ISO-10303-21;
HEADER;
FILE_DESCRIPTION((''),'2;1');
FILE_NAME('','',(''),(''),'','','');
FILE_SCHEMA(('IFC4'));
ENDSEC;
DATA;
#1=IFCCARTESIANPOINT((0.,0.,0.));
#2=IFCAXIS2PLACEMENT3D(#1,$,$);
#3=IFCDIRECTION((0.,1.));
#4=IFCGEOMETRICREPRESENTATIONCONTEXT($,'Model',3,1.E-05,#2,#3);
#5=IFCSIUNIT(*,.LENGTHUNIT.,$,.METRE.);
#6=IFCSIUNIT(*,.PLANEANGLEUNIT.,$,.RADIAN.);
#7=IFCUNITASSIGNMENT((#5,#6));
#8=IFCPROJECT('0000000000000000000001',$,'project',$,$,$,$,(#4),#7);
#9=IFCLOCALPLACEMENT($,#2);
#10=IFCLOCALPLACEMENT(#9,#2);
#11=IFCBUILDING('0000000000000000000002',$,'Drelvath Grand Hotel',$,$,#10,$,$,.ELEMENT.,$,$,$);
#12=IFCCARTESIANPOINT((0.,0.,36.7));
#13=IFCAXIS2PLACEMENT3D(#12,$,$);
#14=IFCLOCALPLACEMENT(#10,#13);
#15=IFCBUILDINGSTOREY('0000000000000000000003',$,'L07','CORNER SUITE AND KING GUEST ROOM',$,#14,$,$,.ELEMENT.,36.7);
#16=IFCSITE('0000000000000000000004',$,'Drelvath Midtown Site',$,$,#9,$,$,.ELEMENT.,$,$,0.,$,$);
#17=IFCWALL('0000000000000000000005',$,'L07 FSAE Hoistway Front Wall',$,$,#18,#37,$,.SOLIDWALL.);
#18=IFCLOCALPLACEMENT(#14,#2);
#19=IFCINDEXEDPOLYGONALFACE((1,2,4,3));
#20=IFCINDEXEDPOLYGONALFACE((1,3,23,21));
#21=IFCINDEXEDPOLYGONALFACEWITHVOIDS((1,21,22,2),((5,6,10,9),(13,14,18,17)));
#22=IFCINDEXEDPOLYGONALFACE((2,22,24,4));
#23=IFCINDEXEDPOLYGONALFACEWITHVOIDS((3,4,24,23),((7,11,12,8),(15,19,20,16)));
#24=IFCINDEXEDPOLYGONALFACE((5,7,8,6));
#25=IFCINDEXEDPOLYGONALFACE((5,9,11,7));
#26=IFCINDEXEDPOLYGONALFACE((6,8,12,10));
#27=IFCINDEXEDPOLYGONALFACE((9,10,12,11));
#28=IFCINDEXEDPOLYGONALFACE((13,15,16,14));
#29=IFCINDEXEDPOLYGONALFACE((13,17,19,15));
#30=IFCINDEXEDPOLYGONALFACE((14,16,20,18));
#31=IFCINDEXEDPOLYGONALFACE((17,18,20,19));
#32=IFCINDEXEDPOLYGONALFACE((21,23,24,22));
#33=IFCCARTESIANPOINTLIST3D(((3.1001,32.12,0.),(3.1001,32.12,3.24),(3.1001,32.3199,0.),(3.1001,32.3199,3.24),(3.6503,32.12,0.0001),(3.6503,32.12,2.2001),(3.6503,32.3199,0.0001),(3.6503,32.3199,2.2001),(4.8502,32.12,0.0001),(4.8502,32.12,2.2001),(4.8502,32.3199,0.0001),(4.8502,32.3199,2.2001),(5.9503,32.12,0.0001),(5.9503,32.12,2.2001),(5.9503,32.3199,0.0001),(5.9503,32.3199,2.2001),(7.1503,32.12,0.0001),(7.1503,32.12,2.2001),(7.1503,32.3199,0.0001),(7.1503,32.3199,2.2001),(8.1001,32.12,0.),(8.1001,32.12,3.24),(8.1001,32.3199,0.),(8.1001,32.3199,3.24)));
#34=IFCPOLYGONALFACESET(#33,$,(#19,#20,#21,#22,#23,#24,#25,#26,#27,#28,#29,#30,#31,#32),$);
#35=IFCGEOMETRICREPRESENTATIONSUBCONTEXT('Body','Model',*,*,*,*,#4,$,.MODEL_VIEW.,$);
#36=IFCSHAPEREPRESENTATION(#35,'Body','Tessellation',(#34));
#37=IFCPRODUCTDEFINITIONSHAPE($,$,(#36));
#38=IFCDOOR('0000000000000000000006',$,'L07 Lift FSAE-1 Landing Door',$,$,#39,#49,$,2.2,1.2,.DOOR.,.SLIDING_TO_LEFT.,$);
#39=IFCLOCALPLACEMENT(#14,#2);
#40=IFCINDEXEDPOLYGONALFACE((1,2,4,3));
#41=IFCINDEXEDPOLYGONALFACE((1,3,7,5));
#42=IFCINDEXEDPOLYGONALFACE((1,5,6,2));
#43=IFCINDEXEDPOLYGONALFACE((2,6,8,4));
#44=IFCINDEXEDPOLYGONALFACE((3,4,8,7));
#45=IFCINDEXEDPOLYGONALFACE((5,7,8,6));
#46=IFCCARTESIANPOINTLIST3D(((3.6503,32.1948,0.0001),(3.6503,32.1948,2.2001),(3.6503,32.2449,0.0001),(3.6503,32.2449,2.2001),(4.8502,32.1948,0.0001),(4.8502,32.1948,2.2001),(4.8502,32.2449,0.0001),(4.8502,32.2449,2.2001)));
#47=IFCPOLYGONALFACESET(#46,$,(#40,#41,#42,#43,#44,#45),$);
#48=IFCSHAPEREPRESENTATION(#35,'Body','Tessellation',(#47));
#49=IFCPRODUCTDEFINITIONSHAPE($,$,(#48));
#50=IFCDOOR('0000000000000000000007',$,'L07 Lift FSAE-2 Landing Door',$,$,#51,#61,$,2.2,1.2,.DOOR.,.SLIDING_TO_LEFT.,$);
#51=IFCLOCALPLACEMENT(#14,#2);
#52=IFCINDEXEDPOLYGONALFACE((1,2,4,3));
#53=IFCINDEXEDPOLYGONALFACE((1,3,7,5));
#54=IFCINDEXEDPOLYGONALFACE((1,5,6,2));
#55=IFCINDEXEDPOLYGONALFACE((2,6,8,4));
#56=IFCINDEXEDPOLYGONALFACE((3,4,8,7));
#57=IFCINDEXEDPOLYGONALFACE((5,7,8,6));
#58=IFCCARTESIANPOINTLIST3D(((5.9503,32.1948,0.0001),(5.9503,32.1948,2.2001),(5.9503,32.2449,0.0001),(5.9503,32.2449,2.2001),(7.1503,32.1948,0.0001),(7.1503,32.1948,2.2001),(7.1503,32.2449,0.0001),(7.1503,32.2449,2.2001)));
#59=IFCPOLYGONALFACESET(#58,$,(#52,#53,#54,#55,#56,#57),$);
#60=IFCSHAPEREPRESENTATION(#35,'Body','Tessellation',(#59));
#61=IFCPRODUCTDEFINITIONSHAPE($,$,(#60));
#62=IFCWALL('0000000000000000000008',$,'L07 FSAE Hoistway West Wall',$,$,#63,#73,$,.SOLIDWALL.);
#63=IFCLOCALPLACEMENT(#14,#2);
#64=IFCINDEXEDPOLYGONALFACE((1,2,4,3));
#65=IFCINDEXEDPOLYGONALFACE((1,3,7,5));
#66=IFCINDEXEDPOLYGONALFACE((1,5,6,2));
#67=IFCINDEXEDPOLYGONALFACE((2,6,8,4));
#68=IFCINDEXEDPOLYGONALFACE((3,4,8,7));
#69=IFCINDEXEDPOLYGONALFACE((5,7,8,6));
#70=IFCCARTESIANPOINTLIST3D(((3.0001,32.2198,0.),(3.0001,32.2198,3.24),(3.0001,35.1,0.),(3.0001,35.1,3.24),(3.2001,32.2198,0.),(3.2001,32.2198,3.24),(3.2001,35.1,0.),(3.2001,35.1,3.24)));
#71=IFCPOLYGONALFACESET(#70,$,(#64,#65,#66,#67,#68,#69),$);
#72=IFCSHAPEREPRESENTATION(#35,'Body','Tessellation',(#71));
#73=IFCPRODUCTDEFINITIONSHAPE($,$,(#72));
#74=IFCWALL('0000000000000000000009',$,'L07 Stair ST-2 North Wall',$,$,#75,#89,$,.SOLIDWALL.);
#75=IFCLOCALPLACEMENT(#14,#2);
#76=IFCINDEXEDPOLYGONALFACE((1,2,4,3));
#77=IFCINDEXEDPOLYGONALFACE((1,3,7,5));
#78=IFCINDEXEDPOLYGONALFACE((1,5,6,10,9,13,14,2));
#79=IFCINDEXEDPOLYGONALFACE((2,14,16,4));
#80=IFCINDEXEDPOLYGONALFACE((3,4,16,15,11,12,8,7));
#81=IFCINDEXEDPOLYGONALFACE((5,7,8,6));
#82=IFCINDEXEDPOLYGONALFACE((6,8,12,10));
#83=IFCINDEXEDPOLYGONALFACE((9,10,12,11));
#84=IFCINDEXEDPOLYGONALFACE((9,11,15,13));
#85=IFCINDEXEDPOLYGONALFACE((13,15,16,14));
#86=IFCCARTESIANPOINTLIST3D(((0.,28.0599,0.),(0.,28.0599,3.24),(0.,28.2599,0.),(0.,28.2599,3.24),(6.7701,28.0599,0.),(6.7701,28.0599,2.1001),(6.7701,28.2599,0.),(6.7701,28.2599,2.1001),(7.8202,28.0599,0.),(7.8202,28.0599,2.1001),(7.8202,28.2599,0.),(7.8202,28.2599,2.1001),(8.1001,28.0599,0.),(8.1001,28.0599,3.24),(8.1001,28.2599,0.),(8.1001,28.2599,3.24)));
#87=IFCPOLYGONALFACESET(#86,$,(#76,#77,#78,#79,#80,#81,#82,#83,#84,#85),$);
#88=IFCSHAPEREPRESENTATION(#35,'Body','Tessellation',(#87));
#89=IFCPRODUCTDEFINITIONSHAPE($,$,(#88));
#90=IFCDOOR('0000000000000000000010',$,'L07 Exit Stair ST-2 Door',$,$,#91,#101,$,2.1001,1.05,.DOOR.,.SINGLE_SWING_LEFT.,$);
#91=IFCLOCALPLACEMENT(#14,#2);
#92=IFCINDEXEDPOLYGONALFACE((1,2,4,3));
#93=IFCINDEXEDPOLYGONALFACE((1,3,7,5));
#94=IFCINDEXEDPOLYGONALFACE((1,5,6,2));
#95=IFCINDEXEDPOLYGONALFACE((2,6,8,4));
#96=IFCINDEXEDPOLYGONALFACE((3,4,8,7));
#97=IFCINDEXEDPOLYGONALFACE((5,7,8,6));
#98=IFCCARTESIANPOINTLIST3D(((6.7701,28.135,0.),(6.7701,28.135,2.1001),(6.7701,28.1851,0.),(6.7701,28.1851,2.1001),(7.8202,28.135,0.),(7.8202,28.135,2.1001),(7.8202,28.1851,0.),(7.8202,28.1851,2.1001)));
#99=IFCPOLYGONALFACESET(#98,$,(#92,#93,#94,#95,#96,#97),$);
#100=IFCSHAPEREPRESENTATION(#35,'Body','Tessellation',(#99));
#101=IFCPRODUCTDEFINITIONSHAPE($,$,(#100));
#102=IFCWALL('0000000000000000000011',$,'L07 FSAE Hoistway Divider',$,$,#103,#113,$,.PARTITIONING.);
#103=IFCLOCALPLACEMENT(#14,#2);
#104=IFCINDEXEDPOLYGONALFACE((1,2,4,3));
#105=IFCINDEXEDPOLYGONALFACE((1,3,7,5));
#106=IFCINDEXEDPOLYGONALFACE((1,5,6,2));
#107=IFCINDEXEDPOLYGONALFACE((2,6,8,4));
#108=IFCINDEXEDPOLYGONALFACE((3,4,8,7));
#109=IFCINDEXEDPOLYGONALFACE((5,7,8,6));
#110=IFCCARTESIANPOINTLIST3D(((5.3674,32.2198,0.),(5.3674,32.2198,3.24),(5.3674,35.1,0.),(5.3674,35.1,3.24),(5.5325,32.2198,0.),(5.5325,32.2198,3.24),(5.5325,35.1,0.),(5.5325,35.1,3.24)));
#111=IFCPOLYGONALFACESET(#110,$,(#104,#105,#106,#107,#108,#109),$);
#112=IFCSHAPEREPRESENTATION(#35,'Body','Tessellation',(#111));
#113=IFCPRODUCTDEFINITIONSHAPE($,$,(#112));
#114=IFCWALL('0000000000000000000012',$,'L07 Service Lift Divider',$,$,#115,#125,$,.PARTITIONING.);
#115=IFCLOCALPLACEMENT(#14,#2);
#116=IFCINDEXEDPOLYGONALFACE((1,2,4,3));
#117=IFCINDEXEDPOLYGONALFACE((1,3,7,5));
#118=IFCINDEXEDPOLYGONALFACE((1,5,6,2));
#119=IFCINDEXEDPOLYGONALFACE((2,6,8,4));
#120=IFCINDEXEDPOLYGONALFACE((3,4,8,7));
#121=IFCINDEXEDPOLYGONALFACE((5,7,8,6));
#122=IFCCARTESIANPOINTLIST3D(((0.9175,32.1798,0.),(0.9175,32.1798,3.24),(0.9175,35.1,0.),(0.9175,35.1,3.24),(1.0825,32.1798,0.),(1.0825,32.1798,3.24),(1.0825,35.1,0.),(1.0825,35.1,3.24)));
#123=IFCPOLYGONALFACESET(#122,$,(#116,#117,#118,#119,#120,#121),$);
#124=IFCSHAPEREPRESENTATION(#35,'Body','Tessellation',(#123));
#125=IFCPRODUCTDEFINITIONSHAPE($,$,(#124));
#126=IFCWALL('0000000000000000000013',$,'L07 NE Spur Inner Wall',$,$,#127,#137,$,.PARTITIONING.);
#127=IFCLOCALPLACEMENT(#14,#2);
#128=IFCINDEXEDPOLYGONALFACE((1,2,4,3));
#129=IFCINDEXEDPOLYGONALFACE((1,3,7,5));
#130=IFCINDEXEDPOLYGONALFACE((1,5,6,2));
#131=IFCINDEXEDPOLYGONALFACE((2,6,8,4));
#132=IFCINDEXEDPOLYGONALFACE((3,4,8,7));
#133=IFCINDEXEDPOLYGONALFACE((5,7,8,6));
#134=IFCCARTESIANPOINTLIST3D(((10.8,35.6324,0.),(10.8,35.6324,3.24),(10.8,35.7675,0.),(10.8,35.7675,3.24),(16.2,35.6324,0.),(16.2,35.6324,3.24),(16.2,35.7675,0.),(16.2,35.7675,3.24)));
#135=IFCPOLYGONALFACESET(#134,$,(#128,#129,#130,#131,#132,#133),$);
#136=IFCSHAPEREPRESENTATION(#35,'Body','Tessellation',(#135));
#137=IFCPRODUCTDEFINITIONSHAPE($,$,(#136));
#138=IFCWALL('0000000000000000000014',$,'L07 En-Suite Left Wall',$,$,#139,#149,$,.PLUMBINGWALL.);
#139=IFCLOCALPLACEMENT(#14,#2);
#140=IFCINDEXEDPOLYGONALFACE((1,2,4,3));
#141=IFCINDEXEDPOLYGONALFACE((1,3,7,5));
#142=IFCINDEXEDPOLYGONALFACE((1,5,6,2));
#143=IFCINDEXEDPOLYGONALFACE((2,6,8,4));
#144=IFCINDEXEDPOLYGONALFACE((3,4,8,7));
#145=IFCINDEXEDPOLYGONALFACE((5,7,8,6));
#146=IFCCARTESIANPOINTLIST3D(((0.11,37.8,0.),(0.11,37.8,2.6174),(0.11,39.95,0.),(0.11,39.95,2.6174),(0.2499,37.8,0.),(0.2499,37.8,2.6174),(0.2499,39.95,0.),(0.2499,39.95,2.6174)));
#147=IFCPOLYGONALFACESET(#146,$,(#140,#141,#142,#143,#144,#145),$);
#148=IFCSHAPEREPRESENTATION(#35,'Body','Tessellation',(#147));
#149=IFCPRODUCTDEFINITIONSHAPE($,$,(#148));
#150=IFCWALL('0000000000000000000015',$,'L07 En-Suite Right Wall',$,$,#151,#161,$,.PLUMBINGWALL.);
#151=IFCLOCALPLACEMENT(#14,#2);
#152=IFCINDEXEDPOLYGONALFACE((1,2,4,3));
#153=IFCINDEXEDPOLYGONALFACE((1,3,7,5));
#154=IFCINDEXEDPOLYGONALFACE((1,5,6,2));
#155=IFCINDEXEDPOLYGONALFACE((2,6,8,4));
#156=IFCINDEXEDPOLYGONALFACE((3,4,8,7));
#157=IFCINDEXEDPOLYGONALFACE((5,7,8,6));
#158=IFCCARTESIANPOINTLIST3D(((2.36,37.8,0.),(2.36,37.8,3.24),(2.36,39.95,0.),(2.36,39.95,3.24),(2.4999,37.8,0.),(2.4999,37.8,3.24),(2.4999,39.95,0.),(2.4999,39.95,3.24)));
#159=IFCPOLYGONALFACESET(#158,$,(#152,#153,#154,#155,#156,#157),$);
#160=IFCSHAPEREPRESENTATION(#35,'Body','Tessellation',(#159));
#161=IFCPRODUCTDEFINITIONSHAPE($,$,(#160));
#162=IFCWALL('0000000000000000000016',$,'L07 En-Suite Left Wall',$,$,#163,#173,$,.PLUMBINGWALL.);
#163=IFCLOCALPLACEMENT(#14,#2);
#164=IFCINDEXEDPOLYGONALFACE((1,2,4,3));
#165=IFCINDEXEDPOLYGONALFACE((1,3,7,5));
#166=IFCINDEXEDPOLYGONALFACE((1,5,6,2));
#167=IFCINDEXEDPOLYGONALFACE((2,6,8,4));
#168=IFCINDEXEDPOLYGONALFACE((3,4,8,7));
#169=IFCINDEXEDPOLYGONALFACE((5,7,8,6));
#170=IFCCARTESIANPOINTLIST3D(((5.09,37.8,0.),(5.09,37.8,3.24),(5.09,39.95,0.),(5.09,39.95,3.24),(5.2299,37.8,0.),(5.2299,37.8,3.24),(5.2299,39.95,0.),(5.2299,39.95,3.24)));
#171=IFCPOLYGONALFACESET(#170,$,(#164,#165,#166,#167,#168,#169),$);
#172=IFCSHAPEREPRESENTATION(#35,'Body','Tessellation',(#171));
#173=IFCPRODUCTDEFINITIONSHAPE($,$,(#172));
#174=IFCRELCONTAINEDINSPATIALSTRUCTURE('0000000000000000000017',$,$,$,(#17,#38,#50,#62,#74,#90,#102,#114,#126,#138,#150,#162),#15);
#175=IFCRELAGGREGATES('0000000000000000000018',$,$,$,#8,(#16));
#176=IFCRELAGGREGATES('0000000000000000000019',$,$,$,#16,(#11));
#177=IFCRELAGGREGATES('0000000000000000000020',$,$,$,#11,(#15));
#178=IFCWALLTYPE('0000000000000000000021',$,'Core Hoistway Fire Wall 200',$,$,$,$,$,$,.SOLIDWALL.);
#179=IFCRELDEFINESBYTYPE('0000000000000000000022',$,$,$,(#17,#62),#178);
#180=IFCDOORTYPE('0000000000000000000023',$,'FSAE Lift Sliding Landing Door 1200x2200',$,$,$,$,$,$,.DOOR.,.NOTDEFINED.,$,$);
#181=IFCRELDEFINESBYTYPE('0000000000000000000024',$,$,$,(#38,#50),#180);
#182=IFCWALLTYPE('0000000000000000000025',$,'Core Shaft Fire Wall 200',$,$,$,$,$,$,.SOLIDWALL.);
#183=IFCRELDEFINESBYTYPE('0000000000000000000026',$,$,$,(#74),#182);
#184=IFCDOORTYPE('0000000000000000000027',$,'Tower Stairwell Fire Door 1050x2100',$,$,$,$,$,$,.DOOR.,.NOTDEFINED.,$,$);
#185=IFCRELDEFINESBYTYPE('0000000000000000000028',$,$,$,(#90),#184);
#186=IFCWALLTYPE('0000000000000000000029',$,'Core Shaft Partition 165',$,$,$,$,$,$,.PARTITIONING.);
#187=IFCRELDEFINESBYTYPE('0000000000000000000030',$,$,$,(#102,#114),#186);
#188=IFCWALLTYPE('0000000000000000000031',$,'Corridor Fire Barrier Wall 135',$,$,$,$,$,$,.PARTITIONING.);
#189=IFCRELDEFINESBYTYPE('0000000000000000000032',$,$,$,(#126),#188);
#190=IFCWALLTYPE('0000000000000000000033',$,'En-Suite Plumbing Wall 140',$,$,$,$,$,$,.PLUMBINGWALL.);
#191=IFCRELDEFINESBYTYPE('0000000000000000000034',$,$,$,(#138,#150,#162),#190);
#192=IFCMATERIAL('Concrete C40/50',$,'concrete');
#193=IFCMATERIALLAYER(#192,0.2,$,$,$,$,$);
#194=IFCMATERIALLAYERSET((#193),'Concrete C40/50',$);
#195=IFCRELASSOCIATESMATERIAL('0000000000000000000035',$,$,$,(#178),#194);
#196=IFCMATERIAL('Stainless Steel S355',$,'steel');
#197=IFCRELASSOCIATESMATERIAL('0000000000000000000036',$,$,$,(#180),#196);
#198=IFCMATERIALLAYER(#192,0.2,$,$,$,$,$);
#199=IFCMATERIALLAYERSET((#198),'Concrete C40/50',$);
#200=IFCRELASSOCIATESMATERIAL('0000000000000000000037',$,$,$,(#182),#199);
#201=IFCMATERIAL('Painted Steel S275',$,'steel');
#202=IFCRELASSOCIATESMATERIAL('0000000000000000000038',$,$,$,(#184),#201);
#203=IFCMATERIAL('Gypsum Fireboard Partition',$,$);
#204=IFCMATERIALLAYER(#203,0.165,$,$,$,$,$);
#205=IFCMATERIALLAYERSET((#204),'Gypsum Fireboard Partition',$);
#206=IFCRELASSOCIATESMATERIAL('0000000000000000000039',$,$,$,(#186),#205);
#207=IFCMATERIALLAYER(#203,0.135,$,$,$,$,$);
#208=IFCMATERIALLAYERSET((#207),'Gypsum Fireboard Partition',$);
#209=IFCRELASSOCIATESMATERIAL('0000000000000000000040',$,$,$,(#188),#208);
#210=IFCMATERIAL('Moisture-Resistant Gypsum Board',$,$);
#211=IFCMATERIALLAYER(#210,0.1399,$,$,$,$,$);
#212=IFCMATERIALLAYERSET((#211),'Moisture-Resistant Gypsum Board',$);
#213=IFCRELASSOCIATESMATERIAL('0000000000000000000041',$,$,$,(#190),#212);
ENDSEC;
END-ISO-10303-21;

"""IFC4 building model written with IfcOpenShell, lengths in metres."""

from ifc_helpers import new_model, si_unit, direction, frame, frame_2d, origin, place, context, subcontext, project, spatial, rectangle, extrude, material, layer, layer_set, type_object, element, fill, save


model = new_model("IFC4")

# Units and contexts
model_context = context("Model", 3, precision=1e-05, world=origin(), true_north=direction((0.0, 1.0)))
body_context = subcontext(model_context, "Body", "Model", "MODEL_VIEW")
ifc_project = project(units=[si_unit("LENGTHUNIT", "METRE"), si_unit("PLANEANGLEUNIT", "RADIAN")], contexts=[model_context])

# Site, building, storey
site_placement = place(None, origin())
site = spatial("IfcSite", under=ifc_project, at=site_placement, Name="Drelvath Midtown Site", CompositionType="ELEMENT", RefElevation=0.0)
building_placement = place(site_placement, origin())
building = spatial("IfcBuilding", under=site, at=building_placement, Name="Drelvath Grand Hotel", CompositionType="ELEMENT")
storey_placement = place(building_placement, frame((0.0, 0.0, 36.7)))
storey = spatial("IfcBuildingStorey", under=building, at=storey_placement, Name="L07", Description="CORNER SUITE AND KING GUEST ROOM", CompositionType="ELEMENT", Elevation=36.7)

# Wall, openings, doors
ifc_material_1 = material(Name="Concrete C40/50", Category="concrete")
ifc_layer_1 = layer(ifc_material_1, 0.2)
ifc_layer_set_1 = layer_set([ifc_layer_1], Name="Concrete C40/50")
wall_type_1 = type_object("IfcWallType", Name="Core Hoistway Fire Wall 200", PredefinedType="SOLIDWALL", material=ifc_layer_set_1)
wall_1_placement = place(storey_placement, frame((3.1001, 32.22, 0.0), z_axis=(0.0, 0.0, 1.0), x_axis=(1.0, 0.0, 0.0)))
wall_1 = element("IfcWall", 1, at=wall_1_placement, inside=storey, type_object=wall_type_1, Name="L07 FSAE Hoistway Front Wall", PredefinedType="SOLIDWALL", context=body_context, shape_type="SweptSolid", body=[
    extrude(rectangle(XDim=5.0, YDim=0.2, at=frame_2d((2.5, 0.0))), origin(), (0.0, 0.0, 1.0), 3.24),
])
opening_1_placement = place(wall_1_placement, frame((0.55, 0.0, 0.0)))
opening_1 = element("IfcOpeningElement", 2, at=opening_1_placement, cuts=wall_1, PredefinedType="OPENING", context=body_context, shape_type="SweptSolid", body=[
    extrude(rectangle(XDim=1.2, YDim=2.2, at=frame_2d((0.6001, 1.1001))), frame((0.0, 0.1099, 0.0), z_axis=(0.0, -1.0, 0.0), x_axis=(1.0, 0.0, 0.0)), (0.0, 0.0, 1.0), 0.22),
])
opening_2_placement = place(wall_1_placement, frame((2.8501, 0.0, 0.0)))
opening_2 = element("IfcOpeningElement", 3, at=opening_2_placement, cuts=wall_1, PredefinedType="OPENING", context=body_context, shape_type="SweptSolid", body=[
    extrude(rectangle(XDim=1.2, YDim=2.2, at=frame_2d((0.6001, 1.1001))), frame((0.0, 0.1099, 0.0), z_axis=(0.0, -1.0, 0.0), x_axis=(1.0, 0.0, 0.0)), (0.0, 0.0, 1.0), 0.22),
])
ifc_material_2 = material(Name="Stainless Steel S355", Category="steel")
door_type_1 = type_object("IfcDoorType", Name="FSAE Lift Sliding Landing Door 1200x2200", OperationType="NOTDEFINED", PredefinedType="DOOR", material=ifc_material_2)
door_1_placement = place(opening_1_placement, origin())
door_1 = element("IfcDoor", 4, at=door_1_placement, inside=storey, type_object=door_type_1, Name="L07 Lift FSAE-1 Landing Door", OperationType="SLIDING_TO_LEFT", OverallHeight=2.2, OverallWidth=1.2, PredefinedType="DOOR", context=body_context, shape_type="SweptSolid", body=[
    extrude(rectangle(XDim=1.2, YDim=2.2, at=frame_2d((0.6001, 1.1001))), frame((0.0, 0.0249, 0.0), z_axis=(0.0, -1.0, 0.0), x_axis=(1.0, 0.0, 0.0)), (0.0, 0.0, 1.0), 0.05),
])
fill(opening_1, door_1)
door_2_placement = place(opening_2_placement, origin())
door_2 = element("IfcDoor", 5, at=door_2_placement, inside=storey, type_object=door_type_1, Name="L07 Lift FSAE-2 Landing Door", OperationType="SLIDING_TO_LEFT", OverallHeight=2.2, OverallWidth=1.2, PredefinedType="DOOR", context=body_context, shape_type="SweptSolid", body=[
    extrude(rectangle(XDim=1.2, YDim=2.2, at=frame_2d((0.6001, 1.1001))), frame((0.0, 0.0249, 0.0), z_axis=(0.0, -1.0, 0.0), x_axis=(1.0, 0.0, 0.0)), (0.0, 0.0, 1.0), 0.05),
])
fill(opening_2, door_2)

# Wall
wall_2_placement = place(storey_placement, frame((3.1001, 32.22, 0.0), z_axis=(0.0, 0.0, 1.0), x_axis=(0.0, 1.0, 0.0)))
element("IfcWall", 6, at=wall_2_placement, inside=storey, type_object=wall_type_1, Name="L07 FSAE Hoistway West Wall", PredefinedType="SOLIDWALL", context=body_context, shape_type="SweptSolid", body=[
    extrude(rectangle(XDim=2.8801, YDim=0.2, at=frame_2d((1.4399, 0.0))), origin(), (0.0, 0.0, 1.0), 3.24),
])

# Wall, opening, door
ifc_layer_2 = layer(ifc_material_1, 0.2)
ifc_layer_set_2 = layer_set([ifc_layer_2], Name="Concrete C40/50")
wall_type_2 = type_object("IfcWallType", Name="Core Shaft Fire Wall 200", PredefinedType="SOLIDWALL", material=ifc_layer_set_2)
wall_3_placement = place(storey_placement, frame((8.1001, 28.1599, 0.0), z_axis=(0.0, 0.0, 1.0), x_axis=(-1.0, 0.0, 0.0)))
wall_3 = element("IfcWall", 7, at=wall_3_placement, inside=storey, type_object=wall_type_2, Name="L07 Stair ST-2 North Wall", PredefinedType="SOLIDWALL", context=body_context, shape_type="SweptSolid", body=[
    extrude(rectangle(XDim=8.1001, YDim=0.2, at=frame_2d((4.05, 0.0))), origin(), (0.0, 0.0, 1.0), 3.24),
])
opening_3_placement = place(wall_3_placement, frame((0.28, 0.0, 0.0)))
opening_3 = element("IfcOpeningElement", 8, at=opening_3_placement, cuts=wall_3, PredefinedType="OPENING", context=body_context, shape_type="SweptSolid", body=[
    extrude(rectangle(XDim=1.05, YDim=2.1001, at=frame_2d((0.5249, 1.05))), frame((0.0, 0.1099, 0.0), z_axis=(0.0, -1.0, 0.0), x_axis=(1.0, 0.0, 0.0)), (0.0, 0.0, 1.0), 0.22),
])
ifc_material_3 = material(Name="Painted Steel S275", Category="steel")
door_type_2 = type_object("IfcDoorType", Name="Tower Stairwell Fire Door 1050x2100", OperationType="NOTDEFINED", PredefinedType="DOOR", material=ifc_material_3)
door_3_placement = place(opening_3_placement, origin())
door_3 = element("IfcDoor", 9, at=door_3_placement, inside=storey, type_object=door_type_2, Name="L07 Exit Stair ST-2 Door", OperationType="SINGLE_SWING_LEFT", OverallHeight=2.1001, OverallWidth=1.05, PredefinedType="DOOR", context=body_context, shape_type="SweptSolid", body=[
    extrude(rectangle(XDim=1.05, YDim=2.1001, at=frame_2d((0.5249, 1.05))), frame((0.0, 0.0249, 0.0), z_axis=(0.0, -1.0, 0.0), x_axis=(1.0, 0.0, 0.0)), (0.0, 0.0, 1.0), 0.05),
])
fill(opening_3, door_3)

# Walls
ifc_material_4 = material(Name="Gypsum Fireboard Partition")
ifc_layer_3 = layer(ifc_material_4, 0.165)
ifc_layer_set_3 = layer_set([ifc_layer_3], Name="Gypsum Fireboard Partition")
wall_type_3 = type_object("IfcWallType", Name="Core Shaft Partition 165", PredefinedType="PARTITIONING", material=ifc_layer_set_3)
wall_4_placement = place(storey_placement, frame((5.45, 32.22, 0.0), z_axis=(0.0, 0.0, 1.0), x_axis=(0.0, 1.0, 0.0)))
element("IfcWall", 10, at=wall_4_placement, inside=storey, type_object=wall_type_3, Name="L07 FSAE Hoistway Divider", PredefinedType="PARTITIONING", context=body_context, shape_type="SweptSolid", body=[
    extrude(rectangle(XDim=2.8801, YDim=0.165, at=frame_2d((1.4399, 0.0))), origin(), (0.0, 0.0, 1.0), 3.24),
])
wall_5_placement = place(storey_placement, frame((1.0, 32.1799, 0.0), z_axis=(0.0, 0.0, 1.0), x_axis=(0.0, 1.0, 0.0)))
element("IfcWall", 11, at=wall_5_placement, inside=storey, type_object=wall_type_3, Name="L07 Service Lift Divider", PredefinedType="PARTITIONING", context=body_context, shape_type="SweptSolid", body=[
    extrude(rectangle(XDim=2.9202, YDim=0.165, at=frame_2d((1.46, 0.0))), origin(), (0.0, 0.0, 1.0), 3.24),
])
ifc_layer_4 = layer(ifc_material_4, 0.135)
ifc_layer_set_4 = layer_set([ifc_layer_4], Name="Gypsum Fireboard Partition")
wall_type_4 = type_object("IfcWallType", Name="Corridor Fire Barrier Wall 135", PredefinedType="PARTITIONING", material=ifc_layer_set_4)
wall_6_placement = place(storey_placement, frame((10.8, 35.7, 0.0), z_axis=(0.0, 0.0, 1.0), x_axis=(1.0, 0.0, 0.0)))
element("IfcWall", 12, at=wall_6_placement, inside=storey, type_object=wall_type_4, Name="L07 NE Spur Inner Wall", PredefinedType="PARTITIONING", context=body_context, shape_type="SweptSolid", body=[
    extrude(rectangle(XDim=5.3999, YDim=0.135, at=frame_2d((2.7, 0.0))), origin(), (0.0, 0.0, 1.0), 3.24),
])
ifc_material_5 = material(Name="Moisture-Resistant Gypsum Board")
ifc_layer_5 = layer(ifc_material_5, 0.1399)
ifc_layer_set_5 = layer_set([ifc_layer_5], Name="Moisture-Resistant Gypsum Board")
wall_type_5 = type_object("IfcWallType", Name="En-Suite Plumbing Wall 140", PredefinedType="PLUMBINGWALL", material=ifc_layer_set_5)
wall_7_placement = place(storey_placement, frame((0.1799, 37.8, 0.0), z_axis=(0.0, 0.0, 1.0), x_axis=(0.0, 1.0, 0.0)))
element("IfcWall", 13, at=wall_7_placement, inside=storey, type_object=wall_type_5, Name="L07 En-Suite Left Wall", PredefinedType="PLUMBINGWALL", context=body_context, shape_type="SweptSolid", body=[
    extrude(rectangle(XDim=2.1499, YDim=0.1399, at=frame_2d((1.075, 0.0))), origin(), (0.0, 0.0, 1.0), 2.6174),
])
for number, where, z_axis, x_axis, name in (
    (14, (2.4299, 37.8, 0.0), (0.0, 0.0, 1.0), (0.0, 1.0, 0.0), "L07 En-Suite Right Wall"),
    (15, (5.1599, 37.8, 0.0), (0.0, 0.0, 1.0), (0.0, 1.0, 0.0), "L07 En-Suite Left Wall"),
):
    element("IfcWall", number, at=place(storey_placement, frame(where, z_axis=z_axis, x_axis=x_axis)), inside=storey, type_object=wall_type_5, Name=name, PredefinedType="PLUMBINGWALL", context=body_context, shape_type="SweptSolid", body=[
        extrude(rectangle(XDim=2.1499, YDim=0.1399, at=frame_2d((1.075, 0.0))), origin(), (0.0, 0.0, 1.0), 3.24),
    ])

save(model, "model.ifc")
